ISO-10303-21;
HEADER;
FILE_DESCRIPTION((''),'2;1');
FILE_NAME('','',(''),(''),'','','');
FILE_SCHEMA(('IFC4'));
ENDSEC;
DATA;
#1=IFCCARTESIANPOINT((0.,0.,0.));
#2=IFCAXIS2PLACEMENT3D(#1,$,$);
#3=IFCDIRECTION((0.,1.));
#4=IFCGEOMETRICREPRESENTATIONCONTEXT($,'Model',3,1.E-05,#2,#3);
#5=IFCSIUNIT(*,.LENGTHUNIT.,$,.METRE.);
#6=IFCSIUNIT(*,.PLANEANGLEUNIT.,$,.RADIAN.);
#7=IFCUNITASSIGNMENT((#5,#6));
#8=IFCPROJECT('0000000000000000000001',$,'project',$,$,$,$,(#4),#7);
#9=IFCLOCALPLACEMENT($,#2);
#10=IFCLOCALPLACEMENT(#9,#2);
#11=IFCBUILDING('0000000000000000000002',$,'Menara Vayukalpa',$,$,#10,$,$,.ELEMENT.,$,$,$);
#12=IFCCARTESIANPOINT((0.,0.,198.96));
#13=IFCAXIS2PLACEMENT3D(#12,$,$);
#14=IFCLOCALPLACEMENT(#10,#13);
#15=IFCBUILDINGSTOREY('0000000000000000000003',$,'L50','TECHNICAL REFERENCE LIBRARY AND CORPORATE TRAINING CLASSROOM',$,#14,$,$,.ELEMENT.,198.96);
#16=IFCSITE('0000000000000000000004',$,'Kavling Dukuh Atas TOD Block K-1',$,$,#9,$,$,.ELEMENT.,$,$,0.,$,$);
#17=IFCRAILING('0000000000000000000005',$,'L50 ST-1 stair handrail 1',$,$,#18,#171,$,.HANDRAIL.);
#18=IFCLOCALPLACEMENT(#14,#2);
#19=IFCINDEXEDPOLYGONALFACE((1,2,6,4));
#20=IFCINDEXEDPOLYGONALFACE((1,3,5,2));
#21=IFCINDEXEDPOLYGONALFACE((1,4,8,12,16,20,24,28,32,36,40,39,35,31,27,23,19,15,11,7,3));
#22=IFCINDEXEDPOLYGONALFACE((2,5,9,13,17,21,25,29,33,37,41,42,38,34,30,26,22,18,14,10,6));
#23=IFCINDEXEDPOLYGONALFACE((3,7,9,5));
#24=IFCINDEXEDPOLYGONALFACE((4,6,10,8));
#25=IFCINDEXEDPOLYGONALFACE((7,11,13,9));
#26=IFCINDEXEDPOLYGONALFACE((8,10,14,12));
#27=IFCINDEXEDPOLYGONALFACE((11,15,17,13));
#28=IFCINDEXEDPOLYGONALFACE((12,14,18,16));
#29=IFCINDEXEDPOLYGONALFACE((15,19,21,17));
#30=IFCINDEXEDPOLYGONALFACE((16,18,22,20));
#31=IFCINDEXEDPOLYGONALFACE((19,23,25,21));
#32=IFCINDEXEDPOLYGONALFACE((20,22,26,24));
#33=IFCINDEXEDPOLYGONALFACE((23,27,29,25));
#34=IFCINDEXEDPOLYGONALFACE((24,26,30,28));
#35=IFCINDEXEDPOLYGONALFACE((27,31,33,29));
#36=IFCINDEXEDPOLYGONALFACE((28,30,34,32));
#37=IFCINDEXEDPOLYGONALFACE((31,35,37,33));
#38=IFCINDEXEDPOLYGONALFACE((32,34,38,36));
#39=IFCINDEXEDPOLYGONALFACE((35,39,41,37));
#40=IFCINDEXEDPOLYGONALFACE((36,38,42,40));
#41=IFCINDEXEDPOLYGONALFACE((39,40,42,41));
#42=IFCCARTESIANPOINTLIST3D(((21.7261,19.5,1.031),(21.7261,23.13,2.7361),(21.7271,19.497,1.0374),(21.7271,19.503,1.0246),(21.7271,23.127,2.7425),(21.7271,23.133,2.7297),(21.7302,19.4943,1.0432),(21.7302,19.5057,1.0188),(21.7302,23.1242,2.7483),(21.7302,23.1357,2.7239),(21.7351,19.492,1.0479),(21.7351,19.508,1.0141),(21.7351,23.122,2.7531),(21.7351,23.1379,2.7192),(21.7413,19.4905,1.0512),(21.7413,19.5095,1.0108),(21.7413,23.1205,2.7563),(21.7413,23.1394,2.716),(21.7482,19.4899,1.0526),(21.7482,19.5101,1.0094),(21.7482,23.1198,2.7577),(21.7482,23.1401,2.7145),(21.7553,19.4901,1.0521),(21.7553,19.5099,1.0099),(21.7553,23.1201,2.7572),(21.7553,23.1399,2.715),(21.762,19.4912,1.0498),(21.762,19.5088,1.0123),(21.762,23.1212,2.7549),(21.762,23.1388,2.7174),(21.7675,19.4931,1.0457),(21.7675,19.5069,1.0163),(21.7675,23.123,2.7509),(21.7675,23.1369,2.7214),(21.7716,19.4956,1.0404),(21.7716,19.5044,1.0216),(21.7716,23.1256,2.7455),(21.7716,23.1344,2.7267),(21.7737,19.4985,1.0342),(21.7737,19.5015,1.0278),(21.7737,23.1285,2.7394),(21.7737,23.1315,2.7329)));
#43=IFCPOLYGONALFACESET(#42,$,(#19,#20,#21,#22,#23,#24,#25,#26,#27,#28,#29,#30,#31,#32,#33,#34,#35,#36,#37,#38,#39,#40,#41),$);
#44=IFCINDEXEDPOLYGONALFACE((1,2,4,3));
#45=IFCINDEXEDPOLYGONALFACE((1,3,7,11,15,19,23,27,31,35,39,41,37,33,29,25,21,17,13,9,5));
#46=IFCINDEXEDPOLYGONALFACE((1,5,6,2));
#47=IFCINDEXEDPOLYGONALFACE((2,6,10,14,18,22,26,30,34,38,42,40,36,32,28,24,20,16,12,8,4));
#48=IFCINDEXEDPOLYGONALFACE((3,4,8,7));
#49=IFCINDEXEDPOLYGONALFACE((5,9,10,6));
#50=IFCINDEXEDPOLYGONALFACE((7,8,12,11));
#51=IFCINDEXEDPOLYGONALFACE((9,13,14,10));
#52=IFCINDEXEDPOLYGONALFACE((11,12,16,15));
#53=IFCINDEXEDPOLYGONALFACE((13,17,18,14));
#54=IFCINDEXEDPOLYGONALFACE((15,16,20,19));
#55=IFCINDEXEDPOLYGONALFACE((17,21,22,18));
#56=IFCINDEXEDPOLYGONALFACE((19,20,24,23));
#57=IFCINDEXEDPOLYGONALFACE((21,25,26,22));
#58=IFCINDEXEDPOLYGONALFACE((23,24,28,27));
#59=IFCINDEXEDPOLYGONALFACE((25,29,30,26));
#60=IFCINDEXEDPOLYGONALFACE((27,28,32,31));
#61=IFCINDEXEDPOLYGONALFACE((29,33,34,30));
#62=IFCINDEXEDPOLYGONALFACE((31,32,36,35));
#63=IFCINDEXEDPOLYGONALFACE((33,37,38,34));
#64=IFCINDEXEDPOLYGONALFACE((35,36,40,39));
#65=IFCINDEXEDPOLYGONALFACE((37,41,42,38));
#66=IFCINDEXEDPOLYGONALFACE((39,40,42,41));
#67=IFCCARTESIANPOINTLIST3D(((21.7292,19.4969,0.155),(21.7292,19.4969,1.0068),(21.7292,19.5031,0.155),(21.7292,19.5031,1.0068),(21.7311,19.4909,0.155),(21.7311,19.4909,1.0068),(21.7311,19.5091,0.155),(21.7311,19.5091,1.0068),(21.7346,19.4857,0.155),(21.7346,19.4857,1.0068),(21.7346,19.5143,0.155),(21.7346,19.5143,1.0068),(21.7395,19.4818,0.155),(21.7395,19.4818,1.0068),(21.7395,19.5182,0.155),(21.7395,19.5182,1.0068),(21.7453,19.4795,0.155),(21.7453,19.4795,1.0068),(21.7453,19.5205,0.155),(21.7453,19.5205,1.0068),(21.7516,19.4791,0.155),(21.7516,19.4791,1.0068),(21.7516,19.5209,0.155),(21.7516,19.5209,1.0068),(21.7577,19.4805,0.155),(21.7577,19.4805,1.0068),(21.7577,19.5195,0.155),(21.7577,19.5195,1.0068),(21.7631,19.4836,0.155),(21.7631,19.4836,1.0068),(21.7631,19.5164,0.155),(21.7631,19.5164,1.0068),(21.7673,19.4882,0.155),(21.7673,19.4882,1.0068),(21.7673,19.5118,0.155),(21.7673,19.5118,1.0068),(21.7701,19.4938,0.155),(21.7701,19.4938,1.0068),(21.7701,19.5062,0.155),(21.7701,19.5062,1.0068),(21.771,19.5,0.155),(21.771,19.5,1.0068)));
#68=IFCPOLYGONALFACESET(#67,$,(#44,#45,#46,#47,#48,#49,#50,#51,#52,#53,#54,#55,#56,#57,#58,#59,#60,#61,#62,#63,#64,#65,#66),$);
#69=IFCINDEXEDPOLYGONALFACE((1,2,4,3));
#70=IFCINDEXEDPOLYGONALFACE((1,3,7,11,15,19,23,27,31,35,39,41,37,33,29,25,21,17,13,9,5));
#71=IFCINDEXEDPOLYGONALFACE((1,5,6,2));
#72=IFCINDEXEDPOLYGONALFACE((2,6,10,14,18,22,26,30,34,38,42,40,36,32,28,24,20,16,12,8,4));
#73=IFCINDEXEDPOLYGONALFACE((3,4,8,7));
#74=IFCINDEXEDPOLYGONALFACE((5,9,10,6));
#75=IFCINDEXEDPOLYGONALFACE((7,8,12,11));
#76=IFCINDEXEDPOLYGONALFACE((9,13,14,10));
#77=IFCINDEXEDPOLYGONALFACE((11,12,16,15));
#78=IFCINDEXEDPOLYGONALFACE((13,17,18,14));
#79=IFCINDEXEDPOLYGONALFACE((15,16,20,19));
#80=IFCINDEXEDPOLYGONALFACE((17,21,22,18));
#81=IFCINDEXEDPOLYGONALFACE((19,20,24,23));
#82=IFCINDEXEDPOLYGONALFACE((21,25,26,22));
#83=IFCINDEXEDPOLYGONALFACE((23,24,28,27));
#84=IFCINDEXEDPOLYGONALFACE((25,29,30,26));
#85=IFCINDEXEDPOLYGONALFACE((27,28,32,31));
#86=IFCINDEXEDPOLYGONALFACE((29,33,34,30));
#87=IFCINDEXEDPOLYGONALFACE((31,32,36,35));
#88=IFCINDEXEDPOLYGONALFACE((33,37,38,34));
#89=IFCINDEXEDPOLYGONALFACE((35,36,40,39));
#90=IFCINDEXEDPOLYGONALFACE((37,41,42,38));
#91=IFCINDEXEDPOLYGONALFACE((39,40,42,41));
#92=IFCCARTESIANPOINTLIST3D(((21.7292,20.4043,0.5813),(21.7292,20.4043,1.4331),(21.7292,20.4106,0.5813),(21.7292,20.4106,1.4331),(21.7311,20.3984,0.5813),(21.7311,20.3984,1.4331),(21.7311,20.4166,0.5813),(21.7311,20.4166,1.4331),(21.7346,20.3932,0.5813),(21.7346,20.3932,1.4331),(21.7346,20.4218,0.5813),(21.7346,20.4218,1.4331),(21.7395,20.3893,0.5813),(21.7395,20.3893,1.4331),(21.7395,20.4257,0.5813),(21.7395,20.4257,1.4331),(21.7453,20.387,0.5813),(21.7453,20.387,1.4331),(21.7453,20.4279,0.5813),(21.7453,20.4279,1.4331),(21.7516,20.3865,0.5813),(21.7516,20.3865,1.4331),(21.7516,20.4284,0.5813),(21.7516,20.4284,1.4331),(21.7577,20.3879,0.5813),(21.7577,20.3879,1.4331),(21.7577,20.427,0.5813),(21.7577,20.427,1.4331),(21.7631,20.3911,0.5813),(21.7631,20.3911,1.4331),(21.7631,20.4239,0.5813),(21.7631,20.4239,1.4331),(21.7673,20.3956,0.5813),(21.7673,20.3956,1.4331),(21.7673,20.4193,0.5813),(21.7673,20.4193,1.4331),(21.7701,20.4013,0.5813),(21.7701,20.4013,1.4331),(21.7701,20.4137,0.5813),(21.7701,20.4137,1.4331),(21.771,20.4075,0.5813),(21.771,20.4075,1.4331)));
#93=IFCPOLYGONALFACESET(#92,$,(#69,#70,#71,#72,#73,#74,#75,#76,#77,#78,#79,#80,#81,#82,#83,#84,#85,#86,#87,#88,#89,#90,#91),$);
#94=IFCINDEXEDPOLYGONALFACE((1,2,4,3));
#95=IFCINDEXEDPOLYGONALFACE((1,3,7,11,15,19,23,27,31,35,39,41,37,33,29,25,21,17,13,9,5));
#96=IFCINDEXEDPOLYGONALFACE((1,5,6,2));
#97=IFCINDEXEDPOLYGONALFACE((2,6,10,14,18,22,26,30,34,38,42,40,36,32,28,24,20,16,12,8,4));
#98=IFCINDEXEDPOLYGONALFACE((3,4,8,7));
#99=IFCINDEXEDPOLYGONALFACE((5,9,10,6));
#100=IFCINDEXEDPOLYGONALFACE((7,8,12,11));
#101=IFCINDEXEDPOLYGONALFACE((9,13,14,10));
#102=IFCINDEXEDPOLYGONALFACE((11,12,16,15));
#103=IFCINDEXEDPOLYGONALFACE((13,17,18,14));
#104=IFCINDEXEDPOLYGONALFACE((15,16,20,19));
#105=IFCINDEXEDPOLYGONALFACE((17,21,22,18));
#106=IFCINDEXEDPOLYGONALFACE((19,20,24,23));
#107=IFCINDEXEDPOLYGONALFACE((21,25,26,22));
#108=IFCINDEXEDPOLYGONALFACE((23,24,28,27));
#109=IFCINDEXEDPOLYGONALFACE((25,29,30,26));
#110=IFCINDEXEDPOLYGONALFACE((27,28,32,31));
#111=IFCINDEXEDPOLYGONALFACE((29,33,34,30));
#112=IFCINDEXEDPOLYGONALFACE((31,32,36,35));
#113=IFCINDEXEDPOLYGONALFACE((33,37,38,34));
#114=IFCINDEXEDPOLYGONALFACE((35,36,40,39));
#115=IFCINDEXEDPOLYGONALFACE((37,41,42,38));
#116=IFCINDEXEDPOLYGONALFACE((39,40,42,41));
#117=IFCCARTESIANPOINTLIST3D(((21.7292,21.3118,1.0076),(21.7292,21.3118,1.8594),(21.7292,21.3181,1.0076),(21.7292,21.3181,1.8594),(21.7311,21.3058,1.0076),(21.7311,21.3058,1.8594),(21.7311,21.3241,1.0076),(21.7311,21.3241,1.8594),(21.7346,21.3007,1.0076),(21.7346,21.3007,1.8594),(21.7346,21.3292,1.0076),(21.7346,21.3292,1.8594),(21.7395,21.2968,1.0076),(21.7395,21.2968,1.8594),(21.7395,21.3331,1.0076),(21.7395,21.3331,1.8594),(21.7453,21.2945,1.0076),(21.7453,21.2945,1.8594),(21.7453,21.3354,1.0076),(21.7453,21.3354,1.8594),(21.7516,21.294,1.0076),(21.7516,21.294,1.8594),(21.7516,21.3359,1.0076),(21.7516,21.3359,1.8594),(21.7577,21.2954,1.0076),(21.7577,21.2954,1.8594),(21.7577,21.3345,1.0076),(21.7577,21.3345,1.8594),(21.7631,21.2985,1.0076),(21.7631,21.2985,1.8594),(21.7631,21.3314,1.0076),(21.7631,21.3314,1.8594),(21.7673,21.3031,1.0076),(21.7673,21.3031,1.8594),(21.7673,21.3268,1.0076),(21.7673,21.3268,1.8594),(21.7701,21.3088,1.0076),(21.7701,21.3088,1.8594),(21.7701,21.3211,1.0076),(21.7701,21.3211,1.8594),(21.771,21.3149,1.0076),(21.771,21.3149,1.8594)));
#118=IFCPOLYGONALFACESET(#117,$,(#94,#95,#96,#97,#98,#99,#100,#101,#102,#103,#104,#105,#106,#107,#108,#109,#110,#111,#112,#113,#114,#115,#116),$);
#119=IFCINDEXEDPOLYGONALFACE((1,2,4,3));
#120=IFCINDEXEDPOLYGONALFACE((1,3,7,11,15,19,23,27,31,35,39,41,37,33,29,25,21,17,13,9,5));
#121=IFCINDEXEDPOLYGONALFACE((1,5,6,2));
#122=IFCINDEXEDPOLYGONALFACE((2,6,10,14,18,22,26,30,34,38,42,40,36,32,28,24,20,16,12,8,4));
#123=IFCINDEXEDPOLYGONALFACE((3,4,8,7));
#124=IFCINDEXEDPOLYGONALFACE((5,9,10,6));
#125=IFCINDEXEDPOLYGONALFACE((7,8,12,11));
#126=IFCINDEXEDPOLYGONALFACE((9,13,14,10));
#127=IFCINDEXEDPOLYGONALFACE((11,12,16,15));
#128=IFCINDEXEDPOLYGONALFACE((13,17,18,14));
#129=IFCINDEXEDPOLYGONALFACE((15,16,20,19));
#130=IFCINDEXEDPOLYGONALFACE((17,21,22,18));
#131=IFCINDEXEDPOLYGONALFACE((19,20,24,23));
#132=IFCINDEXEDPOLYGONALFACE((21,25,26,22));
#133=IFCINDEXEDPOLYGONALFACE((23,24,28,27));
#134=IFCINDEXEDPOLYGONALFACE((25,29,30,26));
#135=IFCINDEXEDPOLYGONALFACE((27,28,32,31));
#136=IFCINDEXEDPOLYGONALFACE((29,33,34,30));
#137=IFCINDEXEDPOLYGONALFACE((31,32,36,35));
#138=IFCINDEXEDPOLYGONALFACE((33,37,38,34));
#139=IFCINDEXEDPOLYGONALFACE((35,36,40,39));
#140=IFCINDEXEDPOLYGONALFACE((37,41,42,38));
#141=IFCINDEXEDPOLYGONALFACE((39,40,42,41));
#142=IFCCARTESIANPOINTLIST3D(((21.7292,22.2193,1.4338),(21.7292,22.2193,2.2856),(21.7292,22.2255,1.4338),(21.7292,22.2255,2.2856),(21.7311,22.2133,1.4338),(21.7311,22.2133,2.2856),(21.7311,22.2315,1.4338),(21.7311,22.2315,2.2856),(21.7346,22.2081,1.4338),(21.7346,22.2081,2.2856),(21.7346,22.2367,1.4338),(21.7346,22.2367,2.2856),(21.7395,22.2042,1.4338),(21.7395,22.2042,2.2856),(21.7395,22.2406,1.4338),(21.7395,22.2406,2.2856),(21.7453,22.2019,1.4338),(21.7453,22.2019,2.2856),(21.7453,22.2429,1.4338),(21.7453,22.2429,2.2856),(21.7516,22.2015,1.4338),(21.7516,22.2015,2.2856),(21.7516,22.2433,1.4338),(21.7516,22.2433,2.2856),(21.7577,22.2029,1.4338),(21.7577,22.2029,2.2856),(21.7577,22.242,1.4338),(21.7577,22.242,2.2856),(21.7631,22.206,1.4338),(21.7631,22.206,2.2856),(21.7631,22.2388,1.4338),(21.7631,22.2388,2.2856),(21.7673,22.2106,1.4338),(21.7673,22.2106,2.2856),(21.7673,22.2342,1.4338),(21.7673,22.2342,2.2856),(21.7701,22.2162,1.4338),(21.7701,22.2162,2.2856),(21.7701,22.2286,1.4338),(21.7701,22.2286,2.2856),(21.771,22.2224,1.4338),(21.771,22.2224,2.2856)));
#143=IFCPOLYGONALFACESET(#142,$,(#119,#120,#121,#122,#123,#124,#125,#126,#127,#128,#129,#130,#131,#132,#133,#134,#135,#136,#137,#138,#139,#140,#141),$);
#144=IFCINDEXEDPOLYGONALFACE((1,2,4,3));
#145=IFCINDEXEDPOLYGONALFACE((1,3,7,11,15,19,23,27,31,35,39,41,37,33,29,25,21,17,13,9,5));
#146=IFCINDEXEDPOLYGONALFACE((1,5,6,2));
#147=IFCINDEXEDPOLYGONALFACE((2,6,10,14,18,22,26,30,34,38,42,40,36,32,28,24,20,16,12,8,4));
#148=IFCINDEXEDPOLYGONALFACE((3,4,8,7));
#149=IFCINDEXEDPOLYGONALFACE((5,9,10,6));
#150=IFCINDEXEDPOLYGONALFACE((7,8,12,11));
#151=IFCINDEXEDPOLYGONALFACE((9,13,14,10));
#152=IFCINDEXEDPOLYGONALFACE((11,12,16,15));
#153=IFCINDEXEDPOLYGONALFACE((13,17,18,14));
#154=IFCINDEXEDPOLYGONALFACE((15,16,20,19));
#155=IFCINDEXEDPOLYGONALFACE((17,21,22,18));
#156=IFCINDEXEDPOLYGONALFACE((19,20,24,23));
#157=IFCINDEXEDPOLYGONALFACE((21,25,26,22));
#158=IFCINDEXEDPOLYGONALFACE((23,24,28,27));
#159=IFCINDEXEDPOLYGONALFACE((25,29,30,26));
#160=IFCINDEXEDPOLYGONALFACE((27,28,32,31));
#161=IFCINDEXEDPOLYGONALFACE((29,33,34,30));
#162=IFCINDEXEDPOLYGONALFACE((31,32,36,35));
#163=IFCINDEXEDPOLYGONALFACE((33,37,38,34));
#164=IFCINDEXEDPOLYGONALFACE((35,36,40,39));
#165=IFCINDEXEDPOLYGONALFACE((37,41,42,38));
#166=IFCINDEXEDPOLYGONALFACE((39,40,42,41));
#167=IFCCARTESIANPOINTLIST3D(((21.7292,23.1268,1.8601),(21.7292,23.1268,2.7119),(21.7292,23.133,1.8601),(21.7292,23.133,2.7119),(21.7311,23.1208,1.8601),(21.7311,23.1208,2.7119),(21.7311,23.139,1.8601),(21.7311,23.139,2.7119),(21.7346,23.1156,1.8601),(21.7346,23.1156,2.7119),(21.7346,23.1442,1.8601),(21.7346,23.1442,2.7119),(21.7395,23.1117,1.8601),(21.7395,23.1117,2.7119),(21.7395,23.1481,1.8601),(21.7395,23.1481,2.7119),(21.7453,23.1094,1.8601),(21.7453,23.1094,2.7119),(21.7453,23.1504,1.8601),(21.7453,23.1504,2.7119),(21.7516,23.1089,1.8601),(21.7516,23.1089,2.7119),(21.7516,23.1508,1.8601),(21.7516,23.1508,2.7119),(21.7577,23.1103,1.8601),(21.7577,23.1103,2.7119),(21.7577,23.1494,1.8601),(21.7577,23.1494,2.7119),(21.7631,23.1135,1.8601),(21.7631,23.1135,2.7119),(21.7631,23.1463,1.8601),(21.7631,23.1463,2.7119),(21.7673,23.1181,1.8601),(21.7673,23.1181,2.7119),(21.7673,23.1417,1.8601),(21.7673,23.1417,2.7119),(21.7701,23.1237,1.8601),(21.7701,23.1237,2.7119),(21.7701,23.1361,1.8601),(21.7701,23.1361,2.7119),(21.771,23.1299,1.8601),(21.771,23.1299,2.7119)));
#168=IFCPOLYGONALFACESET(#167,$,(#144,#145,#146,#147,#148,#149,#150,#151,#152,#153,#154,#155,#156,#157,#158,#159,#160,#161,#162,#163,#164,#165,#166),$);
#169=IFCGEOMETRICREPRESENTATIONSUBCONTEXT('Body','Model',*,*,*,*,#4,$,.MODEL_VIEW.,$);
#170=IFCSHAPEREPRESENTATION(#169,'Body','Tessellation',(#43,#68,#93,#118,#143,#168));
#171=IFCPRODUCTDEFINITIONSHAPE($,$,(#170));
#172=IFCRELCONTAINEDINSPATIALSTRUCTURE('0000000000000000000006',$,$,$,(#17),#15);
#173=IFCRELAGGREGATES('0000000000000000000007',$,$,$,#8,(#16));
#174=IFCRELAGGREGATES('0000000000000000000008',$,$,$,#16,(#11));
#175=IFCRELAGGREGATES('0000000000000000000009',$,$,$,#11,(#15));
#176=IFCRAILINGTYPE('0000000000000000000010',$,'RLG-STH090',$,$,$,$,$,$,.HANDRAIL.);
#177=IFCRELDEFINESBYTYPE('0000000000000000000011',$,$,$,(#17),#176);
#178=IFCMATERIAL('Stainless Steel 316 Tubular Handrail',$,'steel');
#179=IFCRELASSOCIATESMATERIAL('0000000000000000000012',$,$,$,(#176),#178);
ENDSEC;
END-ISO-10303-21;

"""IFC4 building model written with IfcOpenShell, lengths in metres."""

from ifc_helpers import new_model, si_unit, direction, frame, origin, origin_2d, place, context, subcontext, project, spatial, circle, extrude, material, type_object, element, save


model = new_model("IFC4")

# Units and contexts
model_context = context("Model", 3, precision=1e-05, world=origin(), true_north=direction((0.0, 1.0)))
body_context = subcontext(model_context, "Body", "Model", "MODEL_VIEW")
ifc_project = project(units=[si_unit("LENGTHUNIT", "METRE"), si_unit("PLANEANGLEUNIT", "RADIAN")], contexts=[model_context])

# Site, building, storey
site_placement = place(None, origin())
site = spatial("IfcSite", under=ifc_project, at=site_placement, Name="Kavling Dukuh Atas TOD Block K-1", CompositionType="ELEMENT", RefElevation=0.0)
building_placement = place(site_placement, origin())
building = spatial("IfcBuilding", under=site, at=building_placement, Name="Menara Vayukalpa", CompositionType="ELEMENT")
storey_placement = place(building_placement, frame((0.0, 0.0, 198.96)))
storey = spatial("IfcBuildingStorey", under=building, at=storey_placement, Name="L50", Description="TECHNICAL REFERENCE LIBRARY AND CORPORATE TRAINING CLASSROOM", CompositionType="ELEMENT", Elevation=198.96)

# Railing
ifc_material_1 = material(Name="Stainless Steel 316 Tubular Handrail", Category="steel")
railing_type = type_object("IfcRailingType", Name="RLG-STH090", PredefinedType="HANDRAIL", material=ifc_material_1)
railing_placement = place(storey_placement, frame((21.75, 19.5, 0.155)))
element("IfcRailing", 1, at=railing_placement, inside=storey, type_object=railing_type, Name="L50 ST-1 stair handrail 1", PredefinedType="HANDRAIL", context=body_context, shape_type="SweptSolid", body=[
    extrude(circle(Radius=0.0239, at=origin_2d()), frame((0.0, 0.0, 0.876), z_axis=(0.0, 0.905116, 0.425164), x_axis=(-1.0, 0.0, 0.0)), (0.0, 0.0, 1.0), 4.0105),
    extrude(circle(Radius=0.021, at=origin_2d()), origin(), (0.0, 0.0, 1.0), 0.8518),
    extrude(circle(Radius=0.021, at=origin_2d()), frame((0.0, 0.9075, 0.4263)), (0.0, 0.0, 1.0), 0.8518),
    extrude(circle(Radius=0.021, at=origin_2d()), frame((0.0, 1.8149, 0.8525)), (0.0, 0.0, 1.0), 0.8518),
    extrude(circle(Radius=0.021, at=origin_2d()), frame((0.0, 2.7224, 1.2788)), (0.0, 0.0, 1.0), 0.8518),
    extrude(circle(Radius=0.021, at=origin_2d()), frame((0.0, 3.6299, 1.7051)), (0.0, 0.0, 1.0), 0.8518),
])

save(model, "model.ifc")
